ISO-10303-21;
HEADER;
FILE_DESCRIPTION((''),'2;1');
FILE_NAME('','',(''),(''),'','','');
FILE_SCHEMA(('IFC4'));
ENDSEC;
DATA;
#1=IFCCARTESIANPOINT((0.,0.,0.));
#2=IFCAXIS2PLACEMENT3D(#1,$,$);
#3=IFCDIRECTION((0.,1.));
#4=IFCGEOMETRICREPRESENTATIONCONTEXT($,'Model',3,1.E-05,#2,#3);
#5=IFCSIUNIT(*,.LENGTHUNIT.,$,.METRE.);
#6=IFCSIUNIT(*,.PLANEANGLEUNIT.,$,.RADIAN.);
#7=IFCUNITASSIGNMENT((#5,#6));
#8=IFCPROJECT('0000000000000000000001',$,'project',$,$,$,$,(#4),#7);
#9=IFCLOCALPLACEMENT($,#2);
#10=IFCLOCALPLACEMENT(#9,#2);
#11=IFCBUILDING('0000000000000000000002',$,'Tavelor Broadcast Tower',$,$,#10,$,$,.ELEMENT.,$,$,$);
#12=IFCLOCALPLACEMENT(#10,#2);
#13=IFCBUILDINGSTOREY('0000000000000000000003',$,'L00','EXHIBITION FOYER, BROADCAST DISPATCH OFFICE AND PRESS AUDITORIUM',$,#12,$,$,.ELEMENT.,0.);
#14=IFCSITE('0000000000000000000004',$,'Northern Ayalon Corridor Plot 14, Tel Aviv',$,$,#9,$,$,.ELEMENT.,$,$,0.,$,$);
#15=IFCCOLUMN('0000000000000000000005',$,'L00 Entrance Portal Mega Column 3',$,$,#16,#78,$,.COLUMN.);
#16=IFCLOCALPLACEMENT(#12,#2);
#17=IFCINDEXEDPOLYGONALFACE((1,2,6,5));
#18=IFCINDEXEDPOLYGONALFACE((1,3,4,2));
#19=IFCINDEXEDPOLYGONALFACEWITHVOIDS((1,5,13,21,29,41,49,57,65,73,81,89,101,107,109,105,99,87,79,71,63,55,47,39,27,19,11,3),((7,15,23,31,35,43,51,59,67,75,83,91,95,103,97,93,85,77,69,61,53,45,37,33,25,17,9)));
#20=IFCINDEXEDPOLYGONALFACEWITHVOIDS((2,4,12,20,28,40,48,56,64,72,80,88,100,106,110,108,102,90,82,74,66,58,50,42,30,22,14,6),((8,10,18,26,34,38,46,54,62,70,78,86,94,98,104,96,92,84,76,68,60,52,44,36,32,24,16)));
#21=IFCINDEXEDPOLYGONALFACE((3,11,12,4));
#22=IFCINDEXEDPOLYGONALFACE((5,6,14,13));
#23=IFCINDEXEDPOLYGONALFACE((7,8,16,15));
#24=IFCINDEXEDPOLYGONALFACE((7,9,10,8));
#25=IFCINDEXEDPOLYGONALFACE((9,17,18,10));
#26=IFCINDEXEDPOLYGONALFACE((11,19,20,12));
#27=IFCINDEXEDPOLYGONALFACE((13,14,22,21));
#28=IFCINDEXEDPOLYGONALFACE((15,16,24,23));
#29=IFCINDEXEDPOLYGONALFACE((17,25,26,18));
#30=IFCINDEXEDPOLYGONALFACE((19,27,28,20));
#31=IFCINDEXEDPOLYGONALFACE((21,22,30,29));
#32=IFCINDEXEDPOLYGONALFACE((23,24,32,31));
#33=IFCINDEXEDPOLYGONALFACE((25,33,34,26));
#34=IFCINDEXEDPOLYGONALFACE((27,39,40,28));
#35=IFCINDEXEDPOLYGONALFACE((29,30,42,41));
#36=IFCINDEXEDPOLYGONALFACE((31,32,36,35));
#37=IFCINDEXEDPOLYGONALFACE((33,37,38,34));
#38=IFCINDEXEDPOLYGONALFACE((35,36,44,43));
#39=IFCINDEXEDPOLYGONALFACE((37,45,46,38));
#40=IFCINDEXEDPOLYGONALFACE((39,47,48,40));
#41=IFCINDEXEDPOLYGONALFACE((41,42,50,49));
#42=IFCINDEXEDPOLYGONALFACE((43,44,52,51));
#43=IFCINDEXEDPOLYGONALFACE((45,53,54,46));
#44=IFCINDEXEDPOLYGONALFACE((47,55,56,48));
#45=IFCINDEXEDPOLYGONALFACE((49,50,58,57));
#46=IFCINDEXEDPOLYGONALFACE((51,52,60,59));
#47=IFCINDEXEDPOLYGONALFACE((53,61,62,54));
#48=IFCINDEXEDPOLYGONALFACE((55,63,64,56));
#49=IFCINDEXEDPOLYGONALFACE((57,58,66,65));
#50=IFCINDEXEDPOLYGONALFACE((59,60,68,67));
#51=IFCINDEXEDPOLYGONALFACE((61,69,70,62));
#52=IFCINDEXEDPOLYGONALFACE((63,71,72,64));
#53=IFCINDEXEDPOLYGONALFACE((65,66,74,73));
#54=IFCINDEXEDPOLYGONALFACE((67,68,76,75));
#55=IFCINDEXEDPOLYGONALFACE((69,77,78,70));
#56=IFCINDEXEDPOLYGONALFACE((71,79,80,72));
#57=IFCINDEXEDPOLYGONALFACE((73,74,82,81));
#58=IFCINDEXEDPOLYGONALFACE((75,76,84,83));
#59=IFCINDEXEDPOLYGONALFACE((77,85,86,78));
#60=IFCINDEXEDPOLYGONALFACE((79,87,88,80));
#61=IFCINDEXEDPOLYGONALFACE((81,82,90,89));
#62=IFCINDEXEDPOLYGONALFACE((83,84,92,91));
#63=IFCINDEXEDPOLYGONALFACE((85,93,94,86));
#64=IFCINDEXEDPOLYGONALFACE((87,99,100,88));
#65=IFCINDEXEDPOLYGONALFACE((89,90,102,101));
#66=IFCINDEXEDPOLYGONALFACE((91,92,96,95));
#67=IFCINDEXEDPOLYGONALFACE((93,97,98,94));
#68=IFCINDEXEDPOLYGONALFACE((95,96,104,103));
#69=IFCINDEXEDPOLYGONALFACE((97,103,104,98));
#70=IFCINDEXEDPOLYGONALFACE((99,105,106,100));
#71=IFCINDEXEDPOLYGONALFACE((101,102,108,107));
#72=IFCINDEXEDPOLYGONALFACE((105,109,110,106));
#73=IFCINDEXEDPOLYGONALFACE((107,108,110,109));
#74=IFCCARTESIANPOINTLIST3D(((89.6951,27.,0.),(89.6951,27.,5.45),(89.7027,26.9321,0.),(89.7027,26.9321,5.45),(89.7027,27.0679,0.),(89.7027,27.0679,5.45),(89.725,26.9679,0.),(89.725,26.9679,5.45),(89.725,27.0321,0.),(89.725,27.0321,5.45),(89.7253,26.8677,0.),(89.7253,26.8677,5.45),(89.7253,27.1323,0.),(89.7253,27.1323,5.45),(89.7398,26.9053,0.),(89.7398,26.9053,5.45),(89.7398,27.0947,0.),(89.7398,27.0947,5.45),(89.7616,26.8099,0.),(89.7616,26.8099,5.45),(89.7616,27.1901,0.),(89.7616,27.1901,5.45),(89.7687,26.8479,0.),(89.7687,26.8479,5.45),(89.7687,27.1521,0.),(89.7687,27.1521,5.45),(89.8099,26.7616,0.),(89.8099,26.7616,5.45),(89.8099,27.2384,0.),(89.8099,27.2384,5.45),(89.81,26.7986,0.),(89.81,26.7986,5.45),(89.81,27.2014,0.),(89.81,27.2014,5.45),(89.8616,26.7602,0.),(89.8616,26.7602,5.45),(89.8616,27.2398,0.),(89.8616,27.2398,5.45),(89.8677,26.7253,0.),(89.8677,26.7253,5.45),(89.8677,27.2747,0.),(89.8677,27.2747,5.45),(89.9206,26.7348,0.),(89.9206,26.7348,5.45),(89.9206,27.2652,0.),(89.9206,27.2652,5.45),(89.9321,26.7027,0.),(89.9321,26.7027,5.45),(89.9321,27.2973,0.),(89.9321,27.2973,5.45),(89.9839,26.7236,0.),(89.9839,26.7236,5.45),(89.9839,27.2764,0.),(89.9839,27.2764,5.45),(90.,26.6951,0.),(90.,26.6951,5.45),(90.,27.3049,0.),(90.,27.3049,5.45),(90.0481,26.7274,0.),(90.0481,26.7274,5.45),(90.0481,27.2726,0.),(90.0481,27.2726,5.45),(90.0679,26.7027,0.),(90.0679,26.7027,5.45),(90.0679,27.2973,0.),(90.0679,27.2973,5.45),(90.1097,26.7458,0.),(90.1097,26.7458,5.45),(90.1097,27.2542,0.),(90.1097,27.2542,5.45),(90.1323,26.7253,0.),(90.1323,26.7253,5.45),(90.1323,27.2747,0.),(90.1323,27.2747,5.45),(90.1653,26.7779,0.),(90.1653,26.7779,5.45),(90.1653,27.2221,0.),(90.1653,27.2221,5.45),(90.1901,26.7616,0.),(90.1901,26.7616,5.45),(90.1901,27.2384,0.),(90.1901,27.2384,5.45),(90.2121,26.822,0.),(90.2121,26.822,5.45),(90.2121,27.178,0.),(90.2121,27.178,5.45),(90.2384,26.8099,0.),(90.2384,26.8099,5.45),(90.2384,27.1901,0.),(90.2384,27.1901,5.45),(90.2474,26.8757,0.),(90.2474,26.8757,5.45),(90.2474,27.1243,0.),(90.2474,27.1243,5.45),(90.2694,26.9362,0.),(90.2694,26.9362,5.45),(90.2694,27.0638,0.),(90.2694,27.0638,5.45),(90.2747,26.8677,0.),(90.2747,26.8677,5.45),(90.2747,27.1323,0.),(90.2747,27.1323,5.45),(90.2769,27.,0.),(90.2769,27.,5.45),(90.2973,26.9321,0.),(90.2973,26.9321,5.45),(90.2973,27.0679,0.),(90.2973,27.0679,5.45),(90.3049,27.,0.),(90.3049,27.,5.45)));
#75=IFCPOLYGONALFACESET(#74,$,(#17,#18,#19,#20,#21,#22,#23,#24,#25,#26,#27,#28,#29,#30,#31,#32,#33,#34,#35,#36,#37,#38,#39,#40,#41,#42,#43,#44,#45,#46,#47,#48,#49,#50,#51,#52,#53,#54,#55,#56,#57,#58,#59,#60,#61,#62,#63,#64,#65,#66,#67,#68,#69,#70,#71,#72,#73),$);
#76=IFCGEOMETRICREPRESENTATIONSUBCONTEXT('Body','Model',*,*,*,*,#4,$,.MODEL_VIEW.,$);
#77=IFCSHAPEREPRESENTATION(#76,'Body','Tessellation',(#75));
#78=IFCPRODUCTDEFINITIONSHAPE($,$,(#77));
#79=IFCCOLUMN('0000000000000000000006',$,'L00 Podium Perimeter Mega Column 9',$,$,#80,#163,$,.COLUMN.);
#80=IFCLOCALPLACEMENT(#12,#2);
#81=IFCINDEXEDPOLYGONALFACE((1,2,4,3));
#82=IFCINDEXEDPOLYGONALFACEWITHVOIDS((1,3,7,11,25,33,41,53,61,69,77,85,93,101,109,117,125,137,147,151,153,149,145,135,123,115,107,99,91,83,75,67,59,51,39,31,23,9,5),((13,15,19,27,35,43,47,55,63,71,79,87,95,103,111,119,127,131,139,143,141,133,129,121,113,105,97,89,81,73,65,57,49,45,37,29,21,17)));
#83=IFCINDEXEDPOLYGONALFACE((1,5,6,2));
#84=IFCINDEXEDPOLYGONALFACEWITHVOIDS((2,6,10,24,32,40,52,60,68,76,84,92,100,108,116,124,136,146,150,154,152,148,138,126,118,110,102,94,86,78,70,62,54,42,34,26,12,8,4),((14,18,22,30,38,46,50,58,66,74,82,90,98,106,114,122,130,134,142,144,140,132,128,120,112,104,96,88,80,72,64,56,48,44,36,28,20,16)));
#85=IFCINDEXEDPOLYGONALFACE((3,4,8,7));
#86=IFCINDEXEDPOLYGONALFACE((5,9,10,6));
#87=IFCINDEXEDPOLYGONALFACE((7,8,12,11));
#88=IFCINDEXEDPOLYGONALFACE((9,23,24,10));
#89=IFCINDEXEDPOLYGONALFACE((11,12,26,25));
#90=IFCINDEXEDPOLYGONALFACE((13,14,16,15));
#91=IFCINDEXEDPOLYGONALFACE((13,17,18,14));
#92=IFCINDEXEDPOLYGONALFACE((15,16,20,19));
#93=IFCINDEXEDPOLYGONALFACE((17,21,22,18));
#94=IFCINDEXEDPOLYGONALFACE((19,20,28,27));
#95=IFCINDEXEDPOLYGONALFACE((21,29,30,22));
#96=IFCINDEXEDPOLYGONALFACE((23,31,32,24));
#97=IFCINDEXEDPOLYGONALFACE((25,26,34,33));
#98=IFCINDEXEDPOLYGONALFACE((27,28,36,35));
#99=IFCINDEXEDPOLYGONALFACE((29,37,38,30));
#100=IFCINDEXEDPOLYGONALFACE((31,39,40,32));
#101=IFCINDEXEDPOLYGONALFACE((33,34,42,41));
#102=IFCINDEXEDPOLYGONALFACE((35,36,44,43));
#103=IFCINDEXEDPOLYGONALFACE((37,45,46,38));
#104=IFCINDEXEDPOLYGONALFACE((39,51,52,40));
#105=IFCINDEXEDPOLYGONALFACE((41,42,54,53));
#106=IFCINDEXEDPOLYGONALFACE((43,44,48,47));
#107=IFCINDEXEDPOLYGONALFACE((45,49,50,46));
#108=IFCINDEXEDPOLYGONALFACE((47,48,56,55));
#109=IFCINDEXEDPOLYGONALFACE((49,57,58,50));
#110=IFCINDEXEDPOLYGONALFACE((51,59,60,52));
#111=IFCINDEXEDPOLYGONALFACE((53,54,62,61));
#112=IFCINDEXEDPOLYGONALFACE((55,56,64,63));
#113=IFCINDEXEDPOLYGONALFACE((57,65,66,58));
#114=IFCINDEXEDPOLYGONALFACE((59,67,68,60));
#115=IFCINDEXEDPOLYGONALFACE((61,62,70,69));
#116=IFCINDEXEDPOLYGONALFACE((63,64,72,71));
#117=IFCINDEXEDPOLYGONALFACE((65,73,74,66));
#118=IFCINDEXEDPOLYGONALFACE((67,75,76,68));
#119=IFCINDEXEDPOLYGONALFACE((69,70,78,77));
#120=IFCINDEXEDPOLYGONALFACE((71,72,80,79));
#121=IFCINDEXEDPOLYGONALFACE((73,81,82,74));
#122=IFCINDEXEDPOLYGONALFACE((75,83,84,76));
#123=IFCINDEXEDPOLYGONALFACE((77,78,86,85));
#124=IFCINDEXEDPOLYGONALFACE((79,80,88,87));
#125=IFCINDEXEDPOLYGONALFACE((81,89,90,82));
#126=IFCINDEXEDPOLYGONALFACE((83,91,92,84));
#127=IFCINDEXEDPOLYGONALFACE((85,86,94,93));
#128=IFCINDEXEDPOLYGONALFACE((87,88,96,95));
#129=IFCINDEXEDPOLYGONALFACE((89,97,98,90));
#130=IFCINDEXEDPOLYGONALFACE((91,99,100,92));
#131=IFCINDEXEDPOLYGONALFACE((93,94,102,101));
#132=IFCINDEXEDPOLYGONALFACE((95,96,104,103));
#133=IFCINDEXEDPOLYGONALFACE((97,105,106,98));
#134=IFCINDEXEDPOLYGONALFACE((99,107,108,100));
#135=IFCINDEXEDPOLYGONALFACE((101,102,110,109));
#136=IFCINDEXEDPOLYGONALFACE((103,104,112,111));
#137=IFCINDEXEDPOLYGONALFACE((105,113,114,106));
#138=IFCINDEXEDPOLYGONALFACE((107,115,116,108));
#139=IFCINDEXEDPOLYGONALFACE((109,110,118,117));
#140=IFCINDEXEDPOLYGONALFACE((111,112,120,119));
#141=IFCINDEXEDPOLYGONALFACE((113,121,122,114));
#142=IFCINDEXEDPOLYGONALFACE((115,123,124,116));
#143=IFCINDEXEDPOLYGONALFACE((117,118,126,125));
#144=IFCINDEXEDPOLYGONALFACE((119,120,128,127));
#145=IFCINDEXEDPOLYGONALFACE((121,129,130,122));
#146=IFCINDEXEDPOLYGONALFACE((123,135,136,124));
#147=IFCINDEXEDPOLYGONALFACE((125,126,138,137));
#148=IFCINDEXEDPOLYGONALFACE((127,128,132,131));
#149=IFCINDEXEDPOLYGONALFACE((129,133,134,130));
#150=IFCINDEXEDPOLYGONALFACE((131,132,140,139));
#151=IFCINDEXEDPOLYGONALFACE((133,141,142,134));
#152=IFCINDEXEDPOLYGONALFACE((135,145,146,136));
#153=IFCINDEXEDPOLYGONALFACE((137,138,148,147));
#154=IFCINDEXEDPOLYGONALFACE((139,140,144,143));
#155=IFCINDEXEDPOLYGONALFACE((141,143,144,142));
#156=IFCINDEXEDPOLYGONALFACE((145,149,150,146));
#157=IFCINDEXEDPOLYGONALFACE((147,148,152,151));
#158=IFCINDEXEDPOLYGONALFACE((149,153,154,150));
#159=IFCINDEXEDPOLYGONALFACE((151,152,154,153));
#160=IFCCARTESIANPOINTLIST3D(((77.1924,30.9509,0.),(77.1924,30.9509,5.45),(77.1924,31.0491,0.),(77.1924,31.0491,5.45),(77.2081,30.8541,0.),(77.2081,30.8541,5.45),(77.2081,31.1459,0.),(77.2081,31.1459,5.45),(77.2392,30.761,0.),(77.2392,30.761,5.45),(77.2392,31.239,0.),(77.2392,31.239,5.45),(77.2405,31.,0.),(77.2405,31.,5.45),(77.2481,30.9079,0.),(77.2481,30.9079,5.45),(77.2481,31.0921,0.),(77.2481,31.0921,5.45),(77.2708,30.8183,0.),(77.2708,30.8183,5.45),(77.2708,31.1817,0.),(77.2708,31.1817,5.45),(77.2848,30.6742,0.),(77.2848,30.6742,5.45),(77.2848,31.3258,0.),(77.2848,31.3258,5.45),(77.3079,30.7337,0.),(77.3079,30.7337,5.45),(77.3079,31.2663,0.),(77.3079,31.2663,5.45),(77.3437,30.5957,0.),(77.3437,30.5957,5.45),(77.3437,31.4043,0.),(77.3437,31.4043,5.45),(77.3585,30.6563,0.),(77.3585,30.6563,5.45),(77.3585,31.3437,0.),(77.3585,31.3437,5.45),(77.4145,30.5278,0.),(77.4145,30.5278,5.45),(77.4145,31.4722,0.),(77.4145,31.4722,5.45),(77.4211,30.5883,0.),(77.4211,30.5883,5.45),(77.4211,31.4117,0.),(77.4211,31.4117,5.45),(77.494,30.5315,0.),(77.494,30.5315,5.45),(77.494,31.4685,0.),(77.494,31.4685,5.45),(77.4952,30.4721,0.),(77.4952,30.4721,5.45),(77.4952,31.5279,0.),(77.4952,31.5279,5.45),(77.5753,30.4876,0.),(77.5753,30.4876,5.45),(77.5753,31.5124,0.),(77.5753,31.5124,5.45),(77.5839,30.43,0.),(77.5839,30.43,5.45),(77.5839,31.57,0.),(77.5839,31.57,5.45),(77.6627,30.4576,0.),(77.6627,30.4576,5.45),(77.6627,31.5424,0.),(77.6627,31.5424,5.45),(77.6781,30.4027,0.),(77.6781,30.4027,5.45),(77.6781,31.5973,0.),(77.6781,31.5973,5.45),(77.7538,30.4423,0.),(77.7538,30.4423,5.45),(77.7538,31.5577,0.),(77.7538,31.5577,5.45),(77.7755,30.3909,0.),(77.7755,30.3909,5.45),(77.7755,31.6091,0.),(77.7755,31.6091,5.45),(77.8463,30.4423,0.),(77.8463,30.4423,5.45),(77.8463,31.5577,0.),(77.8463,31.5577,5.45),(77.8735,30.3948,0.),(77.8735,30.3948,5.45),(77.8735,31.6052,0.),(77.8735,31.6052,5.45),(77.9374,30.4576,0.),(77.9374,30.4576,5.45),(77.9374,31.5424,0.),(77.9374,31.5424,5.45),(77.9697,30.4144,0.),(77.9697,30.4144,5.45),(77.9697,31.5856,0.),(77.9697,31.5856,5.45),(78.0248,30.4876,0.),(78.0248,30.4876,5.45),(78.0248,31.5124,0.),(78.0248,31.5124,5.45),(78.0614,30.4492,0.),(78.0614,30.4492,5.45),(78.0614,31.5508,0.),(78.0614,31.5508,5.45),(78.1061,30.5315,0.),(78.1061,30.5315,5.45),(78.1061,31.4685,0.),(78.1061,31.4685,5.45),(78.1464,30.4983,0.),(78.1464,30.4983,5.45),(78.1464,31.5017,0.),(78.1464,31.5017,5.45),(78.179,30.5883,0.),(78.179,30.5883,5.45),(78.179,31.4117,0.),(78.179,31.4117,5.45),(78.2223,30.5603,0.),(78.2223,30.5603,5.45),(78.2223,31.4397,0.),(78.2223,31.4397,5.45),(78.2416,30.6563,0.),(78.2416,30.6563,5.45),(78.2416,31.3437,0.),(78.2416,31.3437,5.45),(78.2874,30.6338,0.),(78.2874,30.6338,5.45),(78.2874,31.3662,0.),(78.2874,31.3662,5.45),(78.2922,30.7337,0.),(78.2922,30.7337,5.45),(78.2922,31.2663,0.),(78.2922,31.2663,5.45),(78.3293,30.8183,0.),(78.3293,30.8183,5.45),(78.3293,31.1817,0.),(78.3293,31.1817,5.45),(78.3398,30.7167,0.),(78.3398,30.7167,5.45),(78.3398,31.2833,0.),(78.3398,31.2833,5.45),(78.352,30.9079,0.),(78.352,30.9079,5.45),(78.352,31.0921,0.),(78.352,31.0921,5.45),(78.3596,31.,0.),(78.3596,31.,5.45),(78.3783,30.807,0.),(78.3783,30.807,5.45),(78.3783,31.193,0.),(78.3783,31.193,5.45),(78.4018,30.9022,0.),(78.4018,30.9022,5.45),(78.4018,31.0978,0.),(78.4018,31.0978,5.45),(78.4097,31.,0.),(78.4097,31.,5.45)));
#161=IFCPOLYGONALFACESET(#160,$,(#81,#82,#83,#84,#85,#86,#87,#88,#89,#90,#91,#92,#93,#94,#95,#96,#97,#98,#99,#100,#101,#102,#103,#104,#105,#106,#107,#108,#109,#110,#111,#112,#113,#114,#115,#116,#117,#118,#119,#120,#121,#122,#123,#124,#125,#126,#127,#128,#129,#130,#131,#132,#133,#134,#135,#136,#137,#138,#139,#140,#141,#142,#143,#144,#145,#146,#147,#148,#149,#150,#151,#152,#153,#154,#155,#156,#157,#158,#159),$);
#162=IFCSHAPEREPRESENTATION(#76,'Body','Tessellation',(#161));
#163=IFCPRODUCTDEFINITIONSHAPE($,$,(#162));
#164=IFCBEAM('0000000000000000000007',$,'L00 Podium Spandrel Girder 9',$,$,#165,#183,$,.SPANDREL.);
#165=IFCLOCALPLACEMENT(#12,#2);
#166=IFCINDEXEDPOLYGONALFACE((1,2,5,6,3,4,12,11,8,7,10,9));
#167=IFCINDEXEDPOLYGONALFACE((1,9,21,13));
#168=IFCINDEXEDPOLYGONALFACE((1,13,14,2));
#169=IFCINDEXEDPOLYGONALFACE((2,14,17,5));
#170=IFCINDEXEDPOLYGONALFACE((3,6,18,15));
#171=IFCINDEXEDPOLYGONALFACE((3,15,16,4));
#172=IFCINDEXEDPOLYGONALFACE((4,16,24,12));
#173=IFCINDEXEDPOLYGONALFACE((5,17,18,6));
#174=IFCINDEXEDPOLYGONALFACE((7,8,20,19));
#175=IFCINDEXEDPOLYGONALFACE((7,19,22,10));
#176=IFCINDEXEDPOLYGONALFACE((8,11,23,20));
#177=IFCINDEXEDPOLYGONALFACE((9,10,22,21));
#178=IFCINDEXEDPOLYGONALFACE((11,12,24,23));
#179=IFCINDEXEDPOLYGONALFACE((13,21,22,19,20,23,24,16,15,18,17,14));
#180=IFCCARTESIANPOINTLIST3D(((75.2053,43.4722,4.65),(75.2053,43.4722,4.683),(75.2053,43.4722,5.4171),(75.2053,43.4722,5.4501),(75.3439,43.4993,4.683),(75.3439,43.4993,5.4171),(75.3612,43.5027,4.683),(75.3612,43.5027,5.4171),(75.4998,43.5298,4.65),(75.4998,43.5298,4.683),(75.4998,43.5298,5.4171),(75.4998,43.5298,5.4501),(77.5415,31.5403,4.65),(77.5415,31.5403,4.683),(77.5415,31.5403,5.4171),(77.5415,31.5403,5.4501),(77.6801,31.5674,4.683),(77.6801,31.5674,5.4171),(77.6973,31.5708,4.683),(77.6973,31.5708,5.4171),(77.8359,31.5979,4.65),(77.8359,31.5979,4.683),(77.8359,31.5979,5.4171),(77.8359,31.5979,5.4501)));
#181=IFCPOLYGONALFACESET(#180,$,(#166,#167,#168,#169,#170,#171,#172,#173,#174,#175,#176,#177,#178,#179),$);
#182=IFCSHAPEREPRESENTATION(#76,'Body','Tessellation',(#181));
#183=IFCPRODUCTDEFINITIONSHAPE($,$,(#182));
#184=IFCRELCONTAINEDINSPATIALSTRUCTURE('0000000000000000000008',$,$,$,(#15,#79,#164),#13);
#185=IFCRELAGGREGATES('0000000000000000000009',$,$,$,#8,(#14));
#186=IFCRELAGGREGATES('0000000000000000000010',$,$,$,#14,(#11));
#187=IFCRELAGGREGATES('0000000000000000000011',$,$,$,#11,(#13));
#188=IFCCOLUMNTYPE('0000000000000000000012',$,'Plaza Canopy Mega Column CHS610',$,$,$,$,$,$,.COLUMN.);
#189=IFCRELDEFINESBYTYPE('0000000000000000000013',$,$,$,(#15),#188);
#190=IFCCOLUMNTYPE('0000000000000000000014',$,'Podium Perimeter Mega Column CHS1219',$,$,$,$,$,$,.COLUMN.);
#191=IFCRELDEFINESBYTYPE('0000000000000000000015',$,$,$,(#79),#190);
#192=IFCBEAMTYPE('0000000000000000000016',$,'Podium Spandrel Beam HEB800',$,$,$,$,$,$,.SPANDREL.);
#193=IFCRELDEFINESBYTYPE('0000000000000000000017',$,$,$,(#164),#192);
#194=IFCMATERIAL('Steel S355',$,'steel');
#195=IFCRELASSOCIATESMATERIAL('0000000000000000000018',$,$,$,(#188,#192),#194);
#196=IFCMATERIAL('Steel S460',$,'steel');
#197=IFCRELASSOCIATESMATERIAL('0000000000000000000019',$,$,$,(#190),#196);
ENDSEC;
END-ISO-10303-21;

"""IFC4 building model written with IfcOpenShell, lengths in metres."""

from ifc_helpers import new_model, si_unit, direction, frame, origin, origin_2d, place, context, subcontext, project, spatial, hollow_circle, i_section, extrude, material, material_profile, profile_set, type_object, element, save


model = new_model("IFC4")

# Units and contexts
model_context = context("Model", 3, precision=1e-05, world=origin(), true_north=direction((0.0, 1.0)))
body_context = subcontext(model_context, "Body", "Model", "MODEL_VIEW")
ifc_project = project(units=[si_unit("LENGTHUNIT", "METRE"), si_unit("PLANEANGLEUNIT", "RADIAN")], contexts=[model_context])

# Site, building, storey
site_placement = place(None, origin())
site = spatial("IfcSite", under=ifc_project, at=site_placement, Name="Northern Ayalon Corridor Plot 14, Tel Aviv", CompositionType="ELEMENT", RefElevation=0.0)
building_placement = place(site_placement, origin())
building = spatial("IfcBuilding", under=site, at=building_placement, Name="Tavelor Broadcast Tower", CompositionType="ELEMENT")
storey_placement = place(building_placement, origin())
storey = spatial("IfcBuildingStorey", under=building, at=storey_placement, Name="L00", Description="EXHIBITION FOYER, BROADCAST DISPATCH OFFICE AND PRESS AUDITORIUM", CompositionType="ELEMENT", Elevation=0.0)

# Columns
ifc_material_1 = material(Name="Steel S355", Category="steel")
ifc_material_profile_1 = material_profile(ifc_material_1, hollow_circle(Radius=0.3049, WallThickness=0.0281, at=origin_2d()), Name="CHS 610x28")
ifc_profile_set_1 = profile_set([ifc_material_profile_1], Name="Steel S355")
column_type_1 = type_object("IfcColumnType", Name="Plaza Canopy Mega Column CHS610", PredefinedType="COLUMN", material=ifc_profile_set_1)
column_1_placement = place(storey_placement, frame((90.0, 27.0, 0.0), z_axis=(0.0, 0.0, 1.0), x_axis=(1.0, 0.0, 0.0)))
element("IfcColumn", 1, at=column_1_placement, inside=storey, type_object=column_type_1, Name="L00 Entrance Portal Mega Column 3", PredefinedType="COLUMN", context=body_context, shape_type="SweptSolid", body=[
    extrude(hollow_circle(Radius=0.3049, WallThickness=0.0281, at=origin_2d()), origin(), (0.0, 0.0, 1.0), 5.45),
])
ifc_material_2 = material(Name="Steel S460", Category="steel")
ifc_material_profile_2 = material_profile(ifc_material_2, hollow_circle(Radius=0.6096, WallThickness=0.05, at=origin_2d()), Name="CHS 1219x50")
ifc_profile_set_2 = profile_set([ifc_material_profile_2], Name="Steel S460")
column_type_2 = type_object("IfcColumnType", Name="Podium Perimeter Mega Column CHS1219", PredefinedType="COLUMN", material=ifc_profile_set_2)
column_2_placement = place(storey_placement, frame((77.8, 31.0, 0.0), z_axis=(0.0, 0.0, 1.0), x_axis=(1.0, 0.0, 0.0)))
element("IfcColumn", 2, at=column_2_placement, inside=storey, type_object=column_type_2, Name="L00 Podium Perimeter Mega Column 9", PredefinedType="COLUMN", context=body_context, shape_type="SweptSolid", body=[
    extrude(hollow_circle(Radius=0.6096, WallThickness=0.05, at=origin_2d()), origin(), (0.0, 0.0, 1.0), 5.45),
])

# Beam
ifc_material_profile_3 = material_profile(ifc_material_1, i_section(OverallWidth=0.3, OverallDepth=0.8, WebThickness=0.0176, FlangeThickness=0.033, at=origin_2d()), Name="HEB 800")
ifc_profile_set_3 = profile_set([ifc_material_profile_3], Name="Steel S355")
beam_type = type_object("IfcBeamType", Name="Podium Spandrel Beam HEB800", PredefinedType="SPANDREL", material=ifc_profile_set_3)
beam_placement = place(storey_placement, frame((77.6887, 31.5691, 5.05), z_axis=(-0.192145, 0.981367, 0.0), x_axis=(-0.981367, -0.192145, 0.0)))
element("IfcBeam", 3, at=beam_placement, inside=storey, type_object=beam_type, Name="L00 Podium Spandrel Girder 9", PredefinedType="SPANDREL", context=body_context, shape_type="SweptSolid", body=[
    extrude(i_section(OverallWidth=0.3, OverallDepth=0.8, WebThickness=0.0176, FlangeThickness=0.033, at=origin_2d()), origin(), (0.0, 0.0, 1.0), 12.1584),
])

save(model, "model.ifc")
